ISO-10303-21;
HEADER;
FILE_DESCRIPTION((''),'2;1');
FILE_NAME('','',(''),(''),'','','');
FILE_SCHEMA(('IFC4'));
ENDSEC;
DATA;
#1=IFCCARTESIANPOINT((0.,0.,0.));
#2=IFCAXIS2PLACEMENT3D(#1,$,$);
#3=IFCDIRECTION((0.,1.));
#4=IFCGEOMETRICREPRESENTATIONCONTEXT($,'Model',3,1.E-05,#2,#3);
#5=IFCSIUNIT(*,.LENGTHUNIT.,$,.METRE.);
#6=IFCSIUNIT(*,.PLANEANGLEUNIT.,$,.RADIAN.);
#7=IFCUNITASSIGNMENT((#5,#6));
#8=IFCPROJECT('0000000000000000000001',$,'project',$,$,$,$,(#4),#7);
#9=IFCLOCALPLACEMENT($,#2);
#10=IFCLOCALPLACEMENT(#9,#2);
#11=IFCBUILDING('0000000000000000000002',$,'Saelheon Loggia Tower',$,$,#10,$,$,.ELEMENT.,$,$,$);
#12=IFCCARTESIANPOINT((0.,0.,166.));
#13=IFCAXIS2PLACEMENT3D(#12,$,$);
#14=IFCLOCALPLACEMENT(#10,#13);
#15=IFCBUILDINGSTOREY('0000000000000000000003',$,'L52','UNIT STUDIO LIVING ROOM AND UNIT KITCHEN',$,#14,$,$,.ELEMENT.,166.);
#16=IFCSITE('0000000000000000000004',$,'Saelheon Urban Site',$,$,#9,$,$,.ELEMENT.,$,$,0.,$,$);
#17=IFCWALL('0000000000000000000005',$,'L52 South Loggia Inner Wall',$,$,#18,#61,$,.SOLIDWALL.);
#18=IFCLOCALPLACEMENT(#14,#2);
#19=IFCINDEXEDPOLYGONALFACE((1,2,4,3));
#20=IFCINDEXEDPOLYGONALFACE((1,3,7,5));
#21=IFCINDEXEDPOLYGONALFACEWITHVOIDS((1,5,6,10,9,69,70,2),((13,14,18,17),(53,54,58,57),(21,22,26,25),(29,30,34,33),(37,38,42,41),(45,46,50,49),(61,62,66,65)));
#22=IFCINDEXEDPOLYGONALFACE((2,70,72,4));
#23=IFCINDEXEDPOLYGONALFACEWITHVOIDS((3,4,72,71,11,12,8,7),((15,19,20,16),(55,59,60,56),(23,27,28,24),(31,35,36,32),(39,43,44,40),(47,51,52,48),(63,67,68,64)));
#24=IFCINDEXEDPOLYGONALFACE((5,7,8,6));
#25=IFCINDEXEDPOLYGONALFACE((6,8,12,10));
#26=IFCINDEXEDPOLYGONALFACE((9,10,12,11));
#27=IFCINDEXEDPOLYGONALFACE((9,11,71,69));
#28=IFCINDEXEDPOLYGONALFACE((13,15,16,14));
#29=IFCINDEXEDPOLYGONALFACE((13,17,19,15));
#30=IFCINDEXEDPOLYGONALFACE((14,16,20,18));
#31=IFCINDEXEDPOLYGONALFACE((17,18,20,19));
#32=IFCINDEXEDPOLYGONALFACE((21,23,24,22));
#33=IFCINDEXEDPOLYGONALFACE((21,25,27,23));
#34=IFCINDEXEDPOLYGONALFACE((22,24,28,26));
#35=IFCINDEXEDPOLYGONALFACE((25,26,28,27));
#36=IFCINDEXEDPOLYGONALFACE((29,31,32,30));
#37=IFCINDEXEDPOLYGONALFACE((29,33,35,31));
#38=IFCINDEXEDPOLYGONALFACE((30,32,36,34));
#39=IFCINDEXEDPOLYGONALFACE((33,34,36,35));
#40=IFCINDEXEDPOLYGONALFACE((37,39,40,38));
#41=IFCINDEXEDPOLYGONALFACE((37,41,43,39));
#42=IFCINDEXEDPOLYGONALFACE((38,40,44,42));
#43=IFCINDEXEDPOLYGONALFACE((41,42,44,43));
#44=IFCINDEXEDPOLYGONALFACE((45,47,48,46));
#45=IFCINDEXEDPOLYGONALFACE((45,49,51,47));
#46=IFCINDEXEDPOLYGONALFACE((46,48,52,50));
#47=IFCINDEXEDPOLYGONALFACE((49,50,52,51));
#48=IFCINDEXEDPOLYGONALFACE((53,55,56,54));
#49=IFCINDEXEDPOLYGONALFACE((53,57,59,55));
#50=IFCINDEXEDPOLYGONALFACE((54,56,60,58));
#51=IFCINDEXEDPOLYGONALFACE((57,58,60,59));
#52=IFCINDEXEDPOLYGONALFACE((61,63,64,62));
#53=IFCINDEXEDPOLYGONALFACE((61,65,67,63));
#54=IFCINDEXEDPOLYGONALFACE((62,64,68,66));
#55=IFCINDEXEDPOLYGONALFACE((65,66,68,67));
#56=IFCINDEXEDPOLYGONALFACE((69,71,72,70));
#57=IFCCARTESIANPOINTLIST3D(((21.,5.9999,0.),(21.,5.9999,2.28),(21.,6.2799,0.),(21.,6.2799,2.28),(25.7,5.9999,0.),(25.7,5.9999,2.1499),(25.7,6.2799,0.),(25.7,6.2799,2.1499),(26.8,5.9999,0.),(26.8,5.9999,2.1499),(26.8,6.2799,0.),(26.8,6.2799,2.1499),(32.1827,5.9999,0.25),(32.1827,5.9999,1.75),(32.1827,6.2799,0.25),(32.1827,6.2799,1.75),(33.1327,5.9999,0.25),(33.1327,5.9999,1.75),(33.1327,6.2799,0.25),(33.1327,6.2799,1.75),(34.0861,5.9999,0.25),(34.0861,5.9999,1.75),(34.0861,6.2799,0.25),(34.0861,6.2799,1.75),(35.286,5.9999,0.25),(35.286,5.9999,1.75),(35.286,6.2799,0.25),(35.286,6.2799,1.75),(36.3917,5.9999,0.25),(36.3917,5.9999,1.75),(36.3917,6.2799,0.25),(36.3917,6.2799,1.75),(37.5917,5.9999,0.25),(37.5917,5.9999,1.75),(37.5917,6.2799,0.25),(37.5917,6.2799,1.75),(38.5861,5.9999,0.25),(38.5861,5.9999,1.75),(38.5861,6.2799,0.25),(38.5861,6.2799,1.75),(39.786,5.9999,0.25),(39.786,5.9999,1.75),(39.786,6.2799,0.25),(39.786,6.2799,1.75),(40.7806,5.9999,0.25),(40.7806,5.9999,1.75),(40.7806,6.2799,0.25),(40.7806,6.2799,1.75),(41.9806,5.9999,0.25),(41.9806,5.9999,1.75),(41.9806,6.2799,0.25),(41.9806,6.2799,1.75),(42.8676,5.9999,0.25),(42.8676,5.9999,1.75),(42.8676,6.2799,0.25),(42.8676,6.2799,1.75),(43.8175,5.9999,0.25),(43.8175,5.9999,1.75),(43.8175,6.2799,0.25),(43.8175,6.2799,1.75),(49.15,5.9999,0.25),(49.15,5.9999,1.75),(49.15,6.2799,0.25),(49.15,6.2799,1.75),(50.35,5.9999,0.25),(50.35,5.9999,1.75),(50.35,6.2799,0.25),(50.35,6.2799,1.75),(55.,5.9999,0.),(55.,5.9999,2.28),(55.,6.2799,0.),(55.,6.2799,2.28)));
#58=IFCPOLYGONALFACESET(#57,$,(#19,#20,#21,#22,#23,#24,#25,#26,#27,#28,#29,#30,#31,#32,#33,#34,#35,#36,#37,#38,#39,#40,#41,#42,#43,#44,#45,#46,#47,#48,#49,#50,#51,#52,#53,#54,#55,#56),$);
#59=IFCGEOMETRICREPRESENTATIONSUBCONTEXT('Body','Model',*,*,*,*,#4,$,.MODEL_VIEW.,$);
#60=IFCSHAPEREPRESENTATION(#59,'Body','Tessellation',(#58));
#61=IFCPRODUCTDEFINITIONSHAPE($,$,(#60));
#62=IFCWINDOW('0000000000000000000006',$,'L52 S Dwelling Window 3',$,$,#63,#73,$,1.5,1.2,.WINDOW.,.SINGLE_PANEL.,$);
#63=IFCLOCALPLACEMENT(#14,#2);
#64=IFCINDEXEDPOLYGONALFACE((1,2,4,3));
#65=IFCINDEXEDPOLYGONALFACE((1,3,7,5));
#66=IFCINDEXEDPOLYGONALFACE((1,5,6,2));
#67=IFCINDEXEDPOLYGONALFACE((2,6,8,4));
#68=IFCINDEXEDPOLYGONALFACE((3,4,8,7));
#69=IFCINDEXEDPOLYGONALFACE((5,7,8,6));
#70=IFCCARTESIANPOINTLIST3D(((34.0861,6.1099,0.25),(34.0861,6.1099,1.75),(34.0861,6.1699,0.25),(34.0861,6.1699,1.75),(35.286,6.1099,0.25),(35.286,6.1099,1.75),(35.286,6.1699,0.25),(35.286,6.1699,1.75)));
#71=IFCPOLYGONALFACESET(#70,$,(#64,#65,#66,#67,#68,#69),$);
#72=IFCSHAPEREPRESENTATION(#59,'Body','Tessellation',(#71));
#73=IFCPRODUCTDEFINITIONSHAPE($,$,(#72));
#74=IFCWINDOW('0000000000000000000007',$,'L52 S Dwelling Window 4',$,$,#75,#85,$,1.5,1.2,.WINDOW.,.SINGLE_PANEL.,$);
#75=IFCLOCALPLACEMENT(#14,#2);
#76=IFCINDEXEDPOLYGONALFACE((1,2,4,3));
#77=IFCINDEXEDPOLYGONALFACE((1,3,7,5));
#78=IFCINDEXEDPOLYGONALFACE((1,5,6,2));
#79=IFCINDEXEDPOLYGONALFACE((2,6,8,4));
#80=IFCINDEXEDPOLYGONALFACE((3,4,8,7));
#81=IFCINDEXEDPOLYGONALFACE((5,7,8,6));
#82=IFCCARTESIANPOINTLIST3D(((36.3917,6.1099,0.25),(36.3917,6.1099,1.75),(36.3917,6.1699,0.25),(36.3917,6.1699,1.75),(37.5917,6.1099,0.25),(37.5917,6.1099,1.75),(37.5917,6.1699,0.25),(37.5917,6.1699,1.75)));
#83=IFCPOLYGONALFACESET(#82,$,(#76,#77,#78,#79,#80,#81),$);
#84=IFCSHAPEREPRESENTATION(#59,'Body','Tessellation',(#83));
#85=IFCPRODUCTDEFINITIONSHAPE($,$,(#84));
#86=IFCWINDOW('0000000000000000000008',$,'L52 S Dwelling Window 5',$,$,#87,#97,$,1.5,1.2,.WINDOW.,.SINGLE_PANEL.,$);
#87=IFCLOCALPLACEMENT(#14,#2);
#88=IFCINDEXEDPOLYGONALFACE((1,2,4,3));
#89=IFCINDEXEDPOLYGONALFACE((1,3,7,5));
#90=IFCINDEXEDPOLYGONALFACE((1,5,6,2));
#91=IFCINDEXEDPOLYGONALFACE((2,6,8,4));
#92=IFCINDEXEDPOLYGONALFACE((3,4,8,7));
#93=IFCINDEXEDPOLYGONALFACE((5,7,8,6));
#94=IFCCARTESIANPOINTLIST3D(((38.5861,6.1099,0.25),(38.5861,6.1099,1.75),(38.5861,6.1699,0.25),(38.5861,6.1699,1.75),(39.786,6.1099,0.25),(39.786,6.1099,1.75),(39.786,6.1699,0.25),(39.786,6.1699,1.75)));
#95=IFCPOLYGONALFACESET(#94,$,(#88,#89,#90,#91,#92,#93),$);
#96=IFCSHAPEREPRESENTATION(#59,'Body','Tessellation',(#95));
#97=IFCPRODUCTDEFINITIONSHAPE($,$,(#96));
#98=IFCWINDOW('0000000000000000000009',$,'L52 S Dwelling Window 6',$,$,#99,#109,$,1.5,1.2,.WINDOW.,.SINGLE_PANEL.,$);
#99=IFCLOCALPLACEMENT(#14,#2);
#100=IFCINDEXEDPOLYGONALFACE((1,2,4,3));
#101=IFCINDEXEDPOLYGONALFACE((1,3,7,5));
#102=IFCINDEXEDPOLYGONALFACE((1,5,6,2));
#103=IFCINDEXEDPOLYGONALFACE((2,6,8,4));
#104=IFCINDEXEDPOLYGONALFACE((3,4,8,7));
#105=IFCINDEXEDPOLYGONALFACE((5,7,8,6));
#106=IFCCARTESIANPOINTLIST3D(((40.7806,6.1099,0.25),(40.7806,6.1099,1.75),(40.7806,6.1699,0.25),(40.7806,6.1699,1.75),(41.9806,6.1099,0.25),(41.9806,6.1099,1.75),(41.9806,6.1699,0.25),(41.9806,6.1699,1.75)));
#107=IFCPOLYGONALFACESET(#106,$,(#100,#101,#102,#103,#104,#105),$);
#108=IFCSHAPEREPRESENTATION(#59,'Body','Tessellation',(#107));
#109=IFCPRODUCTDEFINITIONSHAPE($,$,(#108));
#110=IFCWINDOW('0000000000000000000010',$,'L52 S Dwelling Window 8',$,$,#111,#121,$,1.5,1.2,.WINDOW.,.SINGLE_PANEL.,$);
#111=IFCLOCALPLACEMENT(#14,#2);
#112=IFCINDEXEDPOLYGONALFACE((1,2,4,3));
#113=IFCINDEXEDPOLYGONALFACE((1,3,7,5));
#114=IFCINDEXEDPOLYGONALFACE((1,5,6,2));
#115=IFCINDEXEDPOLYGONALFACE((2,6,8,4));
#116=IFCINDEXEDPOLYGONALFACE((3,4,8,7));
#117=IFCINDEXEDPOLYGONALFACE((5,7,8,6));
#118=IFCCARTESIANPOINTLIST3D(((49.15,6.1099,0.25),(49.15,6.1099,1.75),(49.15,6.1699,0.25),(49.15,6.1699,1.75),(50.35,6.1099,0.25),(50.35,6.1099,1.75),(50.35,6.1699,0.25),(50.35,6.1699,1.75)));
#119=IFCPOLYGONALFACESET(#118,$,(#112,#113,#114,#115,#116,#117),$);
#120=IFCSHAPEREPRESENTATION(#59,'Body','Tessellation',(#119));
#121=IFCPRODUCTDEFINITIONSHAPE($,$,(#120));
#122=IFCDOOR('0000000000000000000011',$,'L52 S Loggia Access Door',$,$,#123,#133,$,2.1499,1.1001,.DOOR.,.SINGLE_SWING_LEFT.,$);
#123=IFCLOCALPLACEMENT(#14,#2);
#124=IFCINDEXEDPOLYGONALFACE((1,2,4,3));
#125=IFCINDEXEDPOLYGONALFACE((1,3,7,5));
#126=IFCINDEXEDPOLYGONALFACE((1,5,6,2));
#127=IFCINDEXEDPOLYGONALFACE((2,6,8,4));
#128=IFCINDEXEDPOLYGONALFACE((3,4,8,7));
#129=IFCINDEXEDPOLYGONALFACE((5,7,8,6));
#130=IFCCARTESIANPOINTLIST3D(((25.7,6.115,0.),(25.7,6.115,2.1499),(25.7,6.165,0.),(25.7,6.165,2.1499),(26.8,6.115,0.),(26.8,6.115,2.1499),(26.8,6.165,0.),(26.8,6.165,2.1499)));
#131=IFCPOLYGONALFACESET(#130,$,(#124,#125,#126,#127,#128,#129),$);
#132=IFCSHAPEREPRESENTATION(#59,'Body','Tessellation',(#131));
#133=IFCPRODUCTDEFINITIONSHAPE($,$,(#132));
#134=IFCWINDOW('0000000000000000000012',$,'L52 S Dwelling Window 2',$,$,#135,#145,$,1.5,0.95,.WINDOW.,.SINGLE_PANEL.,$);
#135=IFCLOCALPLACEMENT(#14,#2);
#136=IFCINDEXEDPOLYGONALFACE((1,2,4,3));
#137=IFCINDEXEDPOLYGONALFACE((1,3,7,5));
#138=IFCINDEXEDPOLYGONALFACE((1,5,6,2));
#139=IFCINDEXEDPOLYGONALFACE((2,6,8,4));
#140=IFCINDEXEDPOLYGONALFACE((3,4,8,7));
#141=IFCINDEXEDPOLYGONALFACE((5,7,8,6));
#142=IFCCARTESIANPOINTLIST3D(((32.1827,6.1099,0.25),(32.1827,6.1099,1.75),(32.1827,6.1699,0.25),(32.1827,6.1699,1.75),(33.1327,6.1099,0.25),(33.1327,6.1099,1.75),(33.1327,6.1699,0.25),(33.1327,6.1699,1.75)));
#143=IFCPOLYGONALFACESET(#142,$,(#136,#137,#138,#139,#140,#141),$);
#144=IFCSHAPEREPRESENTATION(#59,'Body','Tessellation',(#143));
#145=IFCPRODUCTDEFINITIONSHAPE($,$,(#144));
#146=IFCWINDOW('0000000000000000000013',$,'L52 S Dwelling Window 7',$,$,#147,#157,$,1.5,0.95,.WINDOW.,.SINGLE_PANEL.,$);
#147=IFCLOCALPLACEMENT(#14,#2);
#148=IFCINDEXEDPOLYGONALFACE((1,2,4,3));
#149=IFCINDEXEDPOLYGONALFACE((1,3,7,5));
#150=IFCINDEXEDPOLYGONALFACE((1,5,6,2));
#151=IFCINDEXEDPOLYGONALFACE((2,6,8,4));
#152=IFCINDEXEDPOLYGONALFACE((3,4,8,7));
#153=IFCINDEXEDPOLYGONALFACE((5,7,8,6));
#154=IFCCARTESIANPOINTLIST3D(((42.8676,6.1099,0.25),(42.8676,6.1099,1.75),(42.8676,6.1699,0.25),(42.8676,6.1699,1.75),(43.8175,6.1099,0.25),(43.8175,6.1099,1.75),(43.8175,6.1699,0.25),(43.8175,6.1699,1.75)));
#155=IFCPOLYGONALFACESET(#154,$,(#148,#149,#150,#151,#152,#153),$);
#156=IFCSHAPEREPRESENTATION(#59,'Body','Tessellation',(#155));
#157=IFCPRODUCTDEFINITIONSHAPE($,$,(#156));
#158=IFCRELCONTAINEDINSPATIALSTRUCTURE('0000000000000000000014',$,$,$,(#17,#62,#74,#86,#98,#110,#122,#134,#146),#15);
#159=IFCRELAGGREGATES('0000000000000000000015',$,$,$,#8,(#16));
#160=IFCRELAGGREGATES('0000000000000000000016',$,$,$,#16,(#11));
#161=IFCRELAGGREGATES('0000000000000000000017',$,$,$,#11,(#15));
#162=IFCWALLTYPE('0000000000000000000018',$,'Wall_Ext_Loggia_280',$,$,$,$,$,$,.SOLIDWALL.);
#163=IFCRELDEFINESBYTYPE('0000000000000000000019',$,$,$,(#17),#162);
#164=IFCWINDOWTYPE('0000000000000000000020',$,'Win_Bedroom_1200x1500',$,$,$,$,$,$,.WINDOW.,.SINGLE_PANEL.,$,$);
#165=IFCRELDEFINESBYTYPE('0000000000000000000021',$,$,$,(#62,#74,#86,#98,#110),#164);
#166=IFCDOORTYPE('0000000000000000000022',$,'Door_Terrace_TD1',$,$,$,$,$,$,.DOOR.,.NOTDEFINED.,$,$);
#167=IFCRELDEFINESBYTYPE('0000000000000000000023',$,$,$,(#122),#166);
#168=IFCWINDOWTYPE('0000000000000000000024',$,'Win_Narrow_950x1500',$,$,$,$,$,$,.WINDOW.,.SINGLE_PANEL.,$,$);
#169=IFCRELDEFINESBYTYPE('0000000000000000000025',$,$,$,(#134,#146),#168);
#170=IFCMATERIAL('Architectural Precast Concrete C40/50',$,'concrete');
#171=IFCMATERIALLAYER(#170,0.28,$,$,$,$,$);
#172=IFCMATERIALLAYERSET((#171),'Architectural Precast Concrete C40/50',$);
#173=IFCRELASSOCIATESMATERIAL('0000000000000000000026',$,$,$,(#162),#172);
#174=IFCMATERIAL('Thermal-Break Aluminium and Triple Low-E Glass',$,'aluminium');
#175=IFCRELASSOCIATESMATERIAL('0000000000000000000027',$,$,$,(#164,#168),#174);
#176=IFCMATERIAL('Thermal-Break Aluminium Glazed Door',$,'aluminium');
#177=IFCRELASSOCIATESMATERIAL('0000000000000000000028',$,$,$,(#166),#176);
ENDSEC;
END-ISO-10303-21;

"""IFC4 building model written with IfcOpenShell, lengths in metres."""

from ifc_helpers import new_model, si_unit, direction, frame, frame_2d, origin, place, context, subcontext, project, spatial, rectangle, extrude, source, transform, mapped, material, layer, layer_set, type_object, element, fill, save


model = new_model("IFC4")

# Units and contexts
model_context = context("Model", 3, precision=1e-05, world=origin(), true_north=direction((0.0, 1.0)))
body_context = subcontext(model_context, "Body", "Model", "MODEL_VIEW")
ifc_project = project(units=[si_unit("LENGTHUNIT", "METRE"), si_unit("PLANEANGLEUNIT", "RADIAN")], contexts=[model_context])

# Site, building, storey
site_placement = place(None, origin())
site = spatial("IfcSite", under=ifc_project, at=site_placement, Name="Saelheon Urban Site", CompositionType="ELEMENT", RefElevation=0.0)
building_placement = place(site_placement, origin())
building = spatial("IfcBuilding", under=site, at=building_placement, Name="Saelheon Loggia Tower", CompositionType="ELEMENT")
storey_placement = place(building_placement, frame((0.0, 0.0, 166.0)))
storey = spatial("IfcBuildingStorey", under=building, at=storey_placement, Name="L52", Description="UNIT STUDIO LIVING ROOM AND UNIT KITCHEN", CompositionType="ELEMENT", Elevation=166.0)

# Wall, openings, windows, door
ifc_material_1 = material(Name="Architectural Precast Concrete C40/50", Category="concrete")
ifc_layer_1 = layer(ifc_material_1, 0.28)
ifc_layer_set_1 = layer_set([ifc_layer_1], Name="Architectural Precast Concrete C40/50")
wall_type = type_object("IfcWallType", Name="Wall_Ext_Loggia_280", PredefinedType="SOLIDWALL", material=ifc_layer_set_1)
wall_placement = place(storey_placement, frame((21.0, 6.1399, 0.0), z_axis=(0.0, 0.0, 1.0), x_axis=(1.0, 0.0, 0.0)))
wall = element("IfcWall", 1, at=wall_placement, inside=storey, type_object=wall_type, Name="L52 South Loggia Inner Wall", PredefinedType="SOLIDWALL", context=body_context, shape_type="SweptSolid", body=[
    extrude(rectangle(XDim=34.0, YDim=0.28, at=frame_2d((17.0, 0.0))), origin(), (0.0, 0.0, 1.0), 2.28),
])
opening_1_placement = place(wall_placement, frame((5.8, 0.0, 0.0), z_axis=(0.0, 0.0, 1.0), x_axis=(-1.0, 0.0, 0.0)))
opening_1 = element("IfcOpeningElement", 2, at=opening_1_placement, cuts=wall, PredefinedType="OPENING", context=body_context, shape_type="SweptSolid", body=[
    extrude(rectangle(XDim=1.1001, YDim=2.1499, at=frame_2d((0.55, 1.075))), frame((0.0, 0.1521, 0.0), z_axis=(0.0, -1.0, 0.0), x_axis=(1.0, 0.0, 0.0)), (0.0, 0.0, 1.0), 0.304),
])
opening_2_placement = place(wall_placement, frame((11.1826, 0.0, 0.25)))
opening_2 = element("IfcOpeningElement", 3, at=opening_2_placement, cuts=wall, PredefinedType="OPENING", context=body_context, shape_type="SweptSolid", body=[
    extrude(rectangle(XDim=0.95, YDim=1.5, at=frame_2d((0.4751, 0.75))), frame((0.0, 0.1521, 0.0), z_axis=(0.0, -1.0, 0.0), x_axis=(1.0, 0.0, 0.0)), (0.0, 0.0, 1.0), 0.304),
])
opening_3_placement = place(wall_placement, frame((13.0859, 0.0, 0.25)))
opening_3 = element("IfcOpeningElement", 4, at=opening_3_placement, cuts=wall, PredefinedType="OPENING", context=body_context, shape_type="SweptSolid", body=[
    extrude(rectangle(XDim=1.2, YDim=1.5, at=frame_2d((0.6001, 0.75))), frame((0.0, 0.1521, 0.0), z_axis=(0.0, -1.0, 0.0), x_axis=(1.0, 0.0, 0.0)), (0.0, 0.0, 1.0), 0.304),
])
opening_4_placement = place(wall_placement, frame((15.3916, 0.0, 0.25)))
opening_4 = element("IfcOpeningElement", 5, at=opening_4_placement, cuts=wall, PredefinedType="OPENING", context=body_context, shape_type="SweptSolid", body=[
    extrude(rectangle(XDim=1.2, YDim=1.5, at=frame_2d((0.6001, 0.75))), frame((0.0, 0.1521, 0.0), z_axis=(0.0, -1.0, 0.0), x_axis=(1.0, 0.0, 0.0)), (0.0, 0.0, 1.0), 0.304),
])
opening_5_placement = place(wall_placement, frame((17.5859, 0.0, 0.25)))
opening_5 = element("IfcOpeningElement", 6, at=opening_5_placement, cuts=wall, PredefinedType="OPENING", context=body_context, shape_type="SweptSolid", body=[
    extrude(rectangle(XDim=1.2, YDim=1.5, at=frame_2d((0.6001, 0.75))), frame((0.0, 0.1521, 0.0), z_axis=(0.0, -1.0, 0.0), x_axis=(1.0, 0.0, 0.0)), (0.0, 0.0, 1.0), 0.304),
])
opening_6_placement = place(wall_placement, frame((19.7805, 0.0, 0.25)))
opening_6 = element("IfcOpeningElement", 7, at=opening_6_placement, cuts=wall, PredefinedType="OPENING", context=body_context, shape_type="SweptSolid", body=[
    extrude(rectangle(XDim=1.2, YDim=1.5, at=frame_2d((0.6001, 0.75))), frame((0.0, 0.1521, 0.0), z_axis=(0.0, -1.0, 0.0), x_axis=(1.0, 0.0, 0.0)), (0.0, 0.0, 1.0), 0.304),
])
opening_7_placement = place(wall_placement, frame((21.8674, 0.0, 0.25)))
opening_7 = element("IfcOpeningElement", 8, at=opening_7_placement, cuts=wall, PredefinedType="OPENING", context=body_context, shape_type="SweptSolid", body=[
    extrude(rectangle(XDim=0.95, YDim=1.5, at=frame_2d((0.4751, 0.75))), frame((0.0, 0.1521, 0.0), z_axis=(0.0, -1.0, 0.0), x_axis=(1.0, 0.0, 0.0)), (0.0, 0.0, 1.0), 0.304),
])
opening_8_placement = place(wall_placement, frame((28.1499, 0.0, 0.25)))
opening_8 = element("IfcOpeningElement", 9, at=opening_8_placement, cuts=wall, PredefinedType="OPENING", context=body_context, shape_type="SweptSolid", body=[
    extrude(rectangle(XDim=1.2, YDim=1.5, at=frame_2d((0.6001, 0.75))), frame((0.0, 0.1521, 0.0), z_axis=(0.0, -1.0, 0.0), x_axis=(1.0, 0.0, 0.0)), (0.0, 0.0, 1.0), 0.304),
])
ifc_material_2 = material(Name="Thermal-Break Aluminium and Triple Low-E Glass", Category="aluminium")
window_type_1 = type_object("IfcWindowType", Name="Win_Bedroom_1200x1500", PartitioningType="SINGLE_PANEL", PredefinedType="WINDOW", material=ifc_material_2)
shared_shape_1 = source(origin(), body_context, "Body", "SweptSolid", [
    extrude(rectangle(XDim=1.2, YDim=1.5, at=frame_2d((0.6001, 0.75))), frame((0.0, 0.03, 0.0), z_axis=(0.0, -1.0, 0.0), x_axis=(1.0, 0.0, 0.0)), (0.0, 0.0, 1.0), 0.0601),
])
window_1_placement = place(opening_3_placement, origin())
window_1 = element("IfcWindow", 10, at=window_1_placement, inside=storey, type_object=window_type_1, Name="L52 S Dwelling Window 3", OverallHeight=1.5, OverallWidth=1.2, PartitioningType="SINGLE_PANEL", PredefinedType="WINDOW", context=body_context, shape_type="MappedRepresentation", body=[
    mapped(shared_shape_1, transform((0.0, 0.0, 0.0), scale=1.0)),
])
fill(opening_3, window_1)
window_2_placement = place(opening_4_placement, origin())
window_2 = element("IfcWindow", 11, at=window_2_placement, inside=storey, type_object=window_type_1, Name="L52 S Dwelling Window 4", OverallHeight=1.5, OverallWidth=1.2, PartitioningType="SINGLE_PANEL", PredefinedType="WINDOW", context=body_context, shape_type="MappedRepresentation", body=[
    mapped(shared_shape_1, transform((0.0, 0.0, 0.0), scale=1.0)),
])
fill(opening_4, window_2)
window_3_placement = place(opening_5_placement, origin())
window_3 = element("IfcWindow", 12, at=window_3_placement, inside=storey, type_object=window_type_1, Name="L52 S Dwelling Window 5", OverallHeight=1.5, OverallWidth=1.2, PartitioningType="SINGLE_PANEL", PredefinedType="WINDOW", context=body_context, shape_type="MappedRepresentation", body=[
    mapped(shared_shape_1, transform((0.0, 0.0, 0.0), scale=1.0)),
])
fill(opening_5, window_3)
window_4_placement = place(opening_6_placement, origin())
window_4 = element("IfcWindow", 13, at=window_4_placement, inside=storey, type_object=window_type_1, Name="L52 S Dwelling Window 6", OverallHeight=1.5, OverallWidth=1.2, PartitioningType="SINGLE_PANEL", PredefinedType="WINDOW", context=body_context, shape_type="MappedRepresentation", body=[
    mapped(shared_shape_1, transform((0.0, 0.0, 0.0), scale=1.0)),
])
fill(opening_6, window_4)
window_5_placement = place(opening_8_placement, origin())
window_5 = element("IfcWindow", 14, at=window_5_placement, inside=storey, type_object=window_type_1, Name="L52 S Dwelling Window 8", OverallHeight=1.5, OverallWidth=1.2, PartitioningType="SINGLE_PANEL", PredefinedType="WINDOW", context=body_context, shape_type="MappedRepresentation", body=[
    mapped(shared_shape_1, transform((0.0, 0.0, 0.0), scale=1.0)),
])
fill(opening_8, window_5)
ifc_material_3 = material(Name="Thermal-Break Aluminium Glazed Door", Category="aluminium")
door_type = type_object("IfcDoorType", Name="Door_Terrace_TD1", OperationType="NOTDEFINED", PredefinedType="DOOR", material=ifc_material_3)
shared_shape_2 = source(origin(), body_context, "Body", "SweptSolid", [
    extrude(rectangle(XDim=1.1001, YDim=2.1499, at=frame_2d((0.55, 1.075))), frame((0.0, 0.0249, 0.0), z_axis=(0.0, -1.0, 0.0), x_axis=(1.0, 0.0, 0.0)), (0.0, 0.0, 1.0), 0.05),
])
door_placement = place(opening_1_placement, origin())
door = element("IfcDoor", 15, at=door_placement, inside=storey, type_object=door_type, Name="L52 S Loggia Access Door", OperationType="SINGLE_SWING_LEFT", OverallHeight=2.1499, OverallWidth=1.1001, PredefinedType="DOOR", context=body_context, shape_type="MappedRepresentation", body=[
    mapped(shared_shape_2, transform((0.0, 0.0, 0.0), scale=1.0)),
])
fill(opening_1, door)
window_type_2 = type_object("IfcWindowType", Name="Win_Narrow_950x1500", PartitioningType="SINGLE_PANEL", PredefinedType="WINDOW", material=ifc_material_2)
shared_shape_3 = source(origin(), body_context, "Body", "SweptSolid", [
    extrude(rectangle(XDim=0.95, YDim=1.5, at=frame_2d((0.4751, 0.75))), frame((0.0, 0.03, 0.0), z_axis=(0.0, -1.0, 0.0), x_axis=(1.0, 0.0, 0.0)), (0.0, 0.0, 1.0), 0.0601),
])
window_6_placement = place(opening_2_placement, origin())
window_6 = element("IfcWindow", 16, at=window_6_placement, inside=storey, type_object=window_type_2, Name="L52 S Dwelling Window 2", OverallHeight=1.5, OverallWidth=0.95, PartitioningType="SINGLE_PANEL", PredefinedType="WINDOW", context=body_context, shape_type="MappedRepresentation", body=[
    mapped(shared_shape_3, transform((0.0, 0.0, 0.0), scale=1.0)),
])
fill(opening_2, window_6)
window_7_placement = place(opening_7_placement, origin())
window_7 = element("IfcWindow", 17, at=window_7_placement, inside=storey, type_object=window_type_2, Name="L52 S Dwelling Window 7", OverallHeight=1.5, OverallWidth=0.95, PartitioningType="SINGLE_PANEL", PredefinedType="WINDOW", context=body_context, shape_type="MappedRepresentation", body=[
    mapped(shared_shape_3, transform((0.0, 0.0, 0.0), scale=1.0)),
])
fill(opening_7, window_7)

save(model, "model.ifc")
